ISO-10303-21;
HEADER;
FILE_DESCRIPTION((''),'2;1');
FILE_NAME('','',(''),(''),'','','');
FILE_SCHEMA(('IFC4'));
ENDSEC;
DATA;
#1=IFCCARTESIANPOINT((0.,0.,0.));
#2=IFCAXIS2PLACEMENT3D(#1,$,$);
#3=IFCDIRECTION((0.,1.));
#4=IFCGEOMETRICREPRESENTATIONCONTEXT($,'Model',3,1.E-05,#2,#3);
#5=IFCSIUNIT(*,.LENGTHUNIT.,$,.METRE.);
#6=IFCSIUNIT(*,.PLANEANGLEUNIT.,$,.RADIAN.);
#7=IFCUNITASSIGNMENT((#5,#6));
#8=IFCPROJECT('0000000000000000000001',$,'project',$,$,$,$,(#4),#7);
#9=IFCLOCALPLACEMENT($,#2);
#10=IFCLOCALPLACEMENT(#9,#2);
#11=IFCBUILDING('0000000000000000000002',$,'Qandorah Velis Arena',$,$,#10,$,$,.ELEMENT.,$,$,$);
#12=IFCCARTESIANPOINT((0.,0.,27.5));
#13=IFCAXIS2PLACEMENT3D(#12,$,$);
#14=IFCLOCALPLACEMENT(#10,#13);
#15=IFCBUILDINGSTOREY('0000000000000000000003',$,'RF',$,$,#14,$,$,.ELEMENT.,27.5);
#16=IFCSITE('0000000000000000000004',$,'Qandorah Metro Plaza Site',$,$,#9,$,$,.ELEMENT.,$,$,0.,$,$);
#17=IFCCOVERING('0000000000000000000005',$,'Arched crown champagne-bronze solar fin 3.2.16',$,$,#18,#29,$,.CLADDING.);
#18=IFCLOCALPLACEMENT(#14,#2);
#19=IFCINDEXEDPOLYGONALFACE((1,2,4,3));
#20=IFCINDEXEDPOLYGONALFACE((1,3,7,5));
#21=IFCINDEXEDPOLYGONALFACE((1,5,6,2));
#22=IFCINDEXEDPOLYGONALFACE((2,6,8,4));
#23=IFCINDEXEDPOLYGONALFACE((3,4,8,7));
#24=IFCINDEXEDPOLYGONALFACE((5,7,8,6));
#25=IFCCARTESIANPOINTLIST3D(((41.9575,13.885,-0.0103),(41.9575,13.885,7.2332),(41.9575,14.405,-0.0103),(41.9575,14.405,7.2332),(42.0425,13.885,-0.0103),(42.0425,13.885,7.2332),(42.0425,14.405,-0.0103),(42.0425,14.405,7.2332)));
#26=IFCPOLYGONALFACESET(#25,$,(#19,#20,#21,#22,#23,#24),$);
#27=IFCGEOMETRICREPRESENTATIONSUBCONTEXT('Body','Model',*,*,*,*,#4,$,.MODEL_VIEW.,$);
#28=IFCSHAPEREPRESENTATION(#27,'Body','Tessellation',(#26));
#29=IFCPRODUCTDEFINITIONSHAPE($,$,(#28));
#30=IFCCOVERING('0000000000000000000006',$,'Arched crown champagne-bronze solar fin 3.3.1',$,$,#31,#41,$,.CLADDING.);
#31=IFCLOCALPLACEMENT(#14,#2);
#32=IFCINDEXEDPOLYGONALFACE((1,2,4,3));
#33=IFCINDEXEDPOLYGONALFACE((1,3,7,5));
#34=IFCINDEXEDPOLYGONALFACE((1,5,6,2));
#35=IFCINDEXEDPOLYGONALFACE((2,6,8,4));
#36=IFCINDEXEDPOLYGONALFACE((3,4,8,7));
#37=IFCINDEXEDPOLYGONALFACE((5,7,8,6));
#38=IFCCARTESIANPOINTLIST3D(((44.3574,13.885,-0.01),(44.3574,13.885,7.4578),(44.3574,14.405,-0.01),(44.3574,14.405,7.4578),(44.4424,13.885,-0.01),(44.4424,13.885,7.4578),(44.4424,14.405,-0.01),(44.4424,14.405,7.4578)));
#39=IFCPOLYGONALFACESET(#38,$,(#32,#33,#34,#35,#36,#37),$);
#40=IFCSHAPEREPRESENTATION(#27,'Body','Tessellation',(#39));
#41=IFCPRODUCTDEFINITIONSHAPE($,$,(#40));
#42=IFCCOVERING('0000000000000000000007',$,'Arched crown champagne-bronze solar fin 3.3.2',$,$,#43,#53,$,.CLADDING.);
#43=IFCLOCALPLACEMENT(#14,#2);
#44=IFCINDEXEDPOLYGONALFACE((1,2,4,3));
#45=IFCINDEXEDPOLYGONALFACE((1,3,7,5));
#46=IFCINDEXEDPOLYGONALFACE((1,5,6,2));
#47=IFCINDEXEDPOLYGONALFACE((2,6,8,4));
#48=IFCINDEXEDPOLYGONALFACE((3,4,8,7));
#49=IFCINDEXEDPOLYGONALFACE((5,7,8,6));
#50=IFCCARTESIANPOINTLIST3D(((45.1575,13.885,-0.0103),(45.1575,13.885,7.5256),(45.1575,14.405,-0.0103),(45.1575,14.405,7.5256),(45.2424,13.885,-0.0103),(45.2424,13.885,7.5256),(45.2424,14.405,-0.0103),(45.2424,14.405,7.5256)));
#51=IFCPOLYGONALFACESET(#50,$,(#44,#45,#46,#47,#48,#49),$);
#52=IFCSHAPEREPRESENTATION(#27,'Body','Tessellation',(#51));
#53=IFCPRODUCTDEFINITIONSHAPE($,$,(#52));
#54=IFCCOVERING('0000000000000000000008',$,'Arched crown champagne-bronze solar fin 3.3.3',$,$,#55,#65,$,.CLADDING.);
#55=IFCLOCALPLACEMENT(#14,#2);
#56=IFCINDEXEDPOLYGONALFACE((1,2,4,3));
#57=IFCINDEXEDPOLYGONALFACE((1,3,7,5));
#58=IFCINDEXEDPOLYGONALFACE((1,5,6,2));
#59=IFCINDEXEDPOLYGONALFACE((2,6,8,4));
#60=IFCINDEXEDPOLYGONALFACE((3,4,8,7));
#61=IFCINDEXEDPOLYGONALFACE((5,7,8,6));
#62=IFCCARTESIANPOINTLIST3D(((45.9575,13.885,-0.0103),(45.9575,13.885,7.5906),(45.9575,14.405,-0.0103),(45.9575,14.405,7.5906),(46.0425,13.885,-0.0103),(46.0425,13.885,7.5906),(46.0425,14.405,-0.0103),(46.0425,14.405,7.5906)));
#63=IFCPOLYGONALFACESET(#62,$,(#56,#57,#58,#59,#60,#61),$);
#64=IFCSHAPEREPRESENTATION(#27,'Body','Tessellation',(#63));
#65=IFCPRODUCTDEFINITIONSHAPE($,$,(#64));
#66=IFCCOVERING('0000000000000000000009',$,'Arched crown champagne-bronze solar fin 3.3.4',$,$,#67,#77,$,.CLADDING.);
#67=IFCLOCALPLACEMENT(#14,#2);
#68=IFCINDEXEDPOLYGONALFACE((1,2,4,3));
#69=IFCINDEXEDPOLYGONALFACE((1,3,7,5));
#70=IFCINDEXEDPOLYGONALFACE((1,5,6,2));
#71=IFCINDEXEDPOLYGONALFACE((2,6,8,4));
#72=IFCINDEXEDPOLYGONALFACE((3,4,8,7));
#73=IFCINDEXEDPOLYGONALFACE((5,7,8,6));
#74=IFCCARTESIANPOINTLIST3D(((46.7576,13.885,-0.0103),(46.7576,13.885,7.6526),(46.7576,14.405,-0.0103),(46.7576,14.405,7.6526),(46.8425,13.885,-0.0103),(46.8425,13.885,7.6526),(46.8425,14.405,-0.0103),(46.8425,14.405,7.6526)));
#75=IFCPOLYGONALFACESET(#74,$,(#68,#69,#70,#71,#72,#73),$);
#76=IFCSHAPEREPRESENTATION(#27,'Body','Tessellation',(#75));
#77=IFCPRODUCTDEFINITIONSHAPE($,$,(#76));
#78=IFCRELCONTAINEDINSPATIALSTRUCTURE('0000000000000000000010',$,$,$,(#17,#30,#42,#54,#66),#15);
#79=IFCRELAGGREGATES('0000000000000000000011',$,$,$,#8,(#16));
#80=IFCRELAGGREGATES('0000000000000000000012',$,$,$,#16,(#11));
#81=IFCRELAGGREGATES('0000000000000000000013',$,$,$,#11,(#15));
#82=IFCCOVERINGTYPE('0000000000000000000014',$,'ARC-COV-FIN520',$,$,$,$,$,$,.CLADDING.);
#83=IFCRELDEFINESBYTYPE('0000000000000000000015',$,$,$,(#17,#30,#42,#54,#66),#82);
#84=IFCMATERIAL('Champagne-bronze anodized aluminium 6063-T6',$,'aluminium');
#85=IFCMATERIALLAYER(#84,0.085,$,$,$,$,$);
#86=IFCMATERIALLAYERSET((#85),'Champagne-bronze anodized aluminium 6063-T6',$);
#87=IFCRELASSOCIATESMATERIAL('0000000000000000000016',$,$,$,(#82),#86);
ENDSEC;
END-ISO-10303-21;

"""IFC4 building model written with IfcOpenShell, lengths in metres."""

from ifc_helpers import new_model, si_unit, direction, frame, origin, origin_2d, place, context, subcontext, project, spatial, rectangle, extrude, material, layer, layer_set, type_object, element, save


model = new_model("IFC4")

# Units and contexts
model_context = context("Model", 3, precision=1e-05, world=origin(), true_north=direction((0.0, 1.0)))
body_context = subcontext(model_context, "Body", "Model", "MODEL_VIEW")
ifc_project = project(units=[si_unit("LENGTHUNIT", "METRE"), si_unit("PLANEANGLEUNIT", "RADIAN")], contexts=[model_context])

# Site, building, storey
site_placement = place(None, origin())
site = spatial("IfcSite", under=ifc_project, at=site_placement, Name="Qandorah Metro Plaza Site", CompositionType="ELEMENT", RefElevation=0.0)
building_placement = place(site_placement, origin())
building = spatial("IfcBuilding", under=site, at=building_placement, Name="Qandorah Velis Arena", CompositionType="ELEMENT")
storey_placement = place(building_placement, frame((0.0, 0.0, 27.5)))
storey = spatial("IfcBuildingStorey", under=building, at=storey_placement, Name="RF", CompositionType="ELEMENT", Elevation=27.5)

# Shared definitions
ifc_material_1 = material(Name="Champagne-bronze anodized aluminium 6063-T6", Category="aluminium")

# Coverings
ifc_layer_1 = layer(ifc_material_1, 0.085)
ifc_layer_set_1 = layer_set([ifc_layer_1], Name="Champagne-bronze anodized aluminium 6063-T6")
covering_type = type_object("IfcCoveringType", Name="ARC-COV-FIN520", PredefinedType="CLADDING", material=ifc_layer_set_1)
covering_1_placement = place(storey_placement, frame((42.0, 14.145, -0.0103), z_axis=(0.0, 0.0, 1.0), x_axis=(1.0, 0.0, 0.0)))
element("IfcCovering", 1, at=covering_1_placement, inside=storey, type_object=covering_type, Name="Arched crown champagne-bronze solar fin 3.2.16", PredefinedType="CLADDING", context=body_context, shape_type="SweptSolid", body=[
    extrude(rectangle(XDim=0.085, YDim=0.52, at=origin_2d()), origin(), (0.0, 0.0, 1.0), 7.2434),
])
covering_2_placement = place(storey_placement, frame((44.3999, 14.145, -0.01), z_axis=(0.0, 0.0, 1.0), x_axis=(1.0, 0.0, 0.0)))
element("IfcCovering", 2, at=covering_2_placement, inside=storey, type_object=covering_type, Name="Arched crown champagne-bronze solar fin 3.3.1", PredefinedType="CLADDING", context=body_context, shape_type="SweptSolid", body=[
    extrude(rectangle(XDim=0.085, YDim=0.52, at=origin_2d()), origin(), (0.0, 0.0, 1.0), 7.4678),
])
covering_3_placement = place(storey_placement, frame((45.2, 14.145, -0.0103), z_axis=(0.0, 0.0, 1.0), x_axis=(1.0, 0.0, 0.0)))
element("IfcCovering", 3, at=covering_3_placement, inside=storey, type_object=covering_type, Name="Arched crown champagne-bronze solar fin 3.3.2", PredefinedType="CLADDING", context=body_context, shape_type="SweptSolid", body=[
    extrude(rectangle(XDim=0.085, YDim=0.52, at=origin_2d()), origin(), (0.0, 0.0, 1.0), 7.5359),
])
covering_4_placement = place(storey_placement, frame((46.0, 14.145, -0.0103), z_axis=(0.0, 0.0, 1.0), x_axis=(1.0, 0.0, 0.0)))
element("IfcCovering", 4, at=covering_4_placement, inside=storey, type_object=covering_type, Name="Arched crown champagne-bronze solar fin 3.3.3", PredefinedType="CLADDING", context=body_context, shape_type="SweptSolid", body=[
    extrude(rectangle(XDim=0.085, YDim=0.52, at=origin_2d()), origin(), (0.0, 0.0, 1.0), 7.6008),
])
covering_5_placement = place(storey_placement, frame((46.8, 14.145, -0.0103), z_axis=(0.0, 0.0, 1.0), x_axis=(1.0, 0.0, 0.0)))
element("IfcCovering", 5, at=covering_5_placement, inside=storey, type_object=covering_type, Name="Arched crown champagne-bronze solar fin 3.3.4", PredefinedType="CLADDING", context=body_context, shape_type="SweptSolid", body=[
    extrude(rectangle(XDim=0.085, YDim=0.52, at=origin_2d()), origin(), (0.0, 0.0, 1.0), 7.6628),
])

save(model, "model.ifc")
